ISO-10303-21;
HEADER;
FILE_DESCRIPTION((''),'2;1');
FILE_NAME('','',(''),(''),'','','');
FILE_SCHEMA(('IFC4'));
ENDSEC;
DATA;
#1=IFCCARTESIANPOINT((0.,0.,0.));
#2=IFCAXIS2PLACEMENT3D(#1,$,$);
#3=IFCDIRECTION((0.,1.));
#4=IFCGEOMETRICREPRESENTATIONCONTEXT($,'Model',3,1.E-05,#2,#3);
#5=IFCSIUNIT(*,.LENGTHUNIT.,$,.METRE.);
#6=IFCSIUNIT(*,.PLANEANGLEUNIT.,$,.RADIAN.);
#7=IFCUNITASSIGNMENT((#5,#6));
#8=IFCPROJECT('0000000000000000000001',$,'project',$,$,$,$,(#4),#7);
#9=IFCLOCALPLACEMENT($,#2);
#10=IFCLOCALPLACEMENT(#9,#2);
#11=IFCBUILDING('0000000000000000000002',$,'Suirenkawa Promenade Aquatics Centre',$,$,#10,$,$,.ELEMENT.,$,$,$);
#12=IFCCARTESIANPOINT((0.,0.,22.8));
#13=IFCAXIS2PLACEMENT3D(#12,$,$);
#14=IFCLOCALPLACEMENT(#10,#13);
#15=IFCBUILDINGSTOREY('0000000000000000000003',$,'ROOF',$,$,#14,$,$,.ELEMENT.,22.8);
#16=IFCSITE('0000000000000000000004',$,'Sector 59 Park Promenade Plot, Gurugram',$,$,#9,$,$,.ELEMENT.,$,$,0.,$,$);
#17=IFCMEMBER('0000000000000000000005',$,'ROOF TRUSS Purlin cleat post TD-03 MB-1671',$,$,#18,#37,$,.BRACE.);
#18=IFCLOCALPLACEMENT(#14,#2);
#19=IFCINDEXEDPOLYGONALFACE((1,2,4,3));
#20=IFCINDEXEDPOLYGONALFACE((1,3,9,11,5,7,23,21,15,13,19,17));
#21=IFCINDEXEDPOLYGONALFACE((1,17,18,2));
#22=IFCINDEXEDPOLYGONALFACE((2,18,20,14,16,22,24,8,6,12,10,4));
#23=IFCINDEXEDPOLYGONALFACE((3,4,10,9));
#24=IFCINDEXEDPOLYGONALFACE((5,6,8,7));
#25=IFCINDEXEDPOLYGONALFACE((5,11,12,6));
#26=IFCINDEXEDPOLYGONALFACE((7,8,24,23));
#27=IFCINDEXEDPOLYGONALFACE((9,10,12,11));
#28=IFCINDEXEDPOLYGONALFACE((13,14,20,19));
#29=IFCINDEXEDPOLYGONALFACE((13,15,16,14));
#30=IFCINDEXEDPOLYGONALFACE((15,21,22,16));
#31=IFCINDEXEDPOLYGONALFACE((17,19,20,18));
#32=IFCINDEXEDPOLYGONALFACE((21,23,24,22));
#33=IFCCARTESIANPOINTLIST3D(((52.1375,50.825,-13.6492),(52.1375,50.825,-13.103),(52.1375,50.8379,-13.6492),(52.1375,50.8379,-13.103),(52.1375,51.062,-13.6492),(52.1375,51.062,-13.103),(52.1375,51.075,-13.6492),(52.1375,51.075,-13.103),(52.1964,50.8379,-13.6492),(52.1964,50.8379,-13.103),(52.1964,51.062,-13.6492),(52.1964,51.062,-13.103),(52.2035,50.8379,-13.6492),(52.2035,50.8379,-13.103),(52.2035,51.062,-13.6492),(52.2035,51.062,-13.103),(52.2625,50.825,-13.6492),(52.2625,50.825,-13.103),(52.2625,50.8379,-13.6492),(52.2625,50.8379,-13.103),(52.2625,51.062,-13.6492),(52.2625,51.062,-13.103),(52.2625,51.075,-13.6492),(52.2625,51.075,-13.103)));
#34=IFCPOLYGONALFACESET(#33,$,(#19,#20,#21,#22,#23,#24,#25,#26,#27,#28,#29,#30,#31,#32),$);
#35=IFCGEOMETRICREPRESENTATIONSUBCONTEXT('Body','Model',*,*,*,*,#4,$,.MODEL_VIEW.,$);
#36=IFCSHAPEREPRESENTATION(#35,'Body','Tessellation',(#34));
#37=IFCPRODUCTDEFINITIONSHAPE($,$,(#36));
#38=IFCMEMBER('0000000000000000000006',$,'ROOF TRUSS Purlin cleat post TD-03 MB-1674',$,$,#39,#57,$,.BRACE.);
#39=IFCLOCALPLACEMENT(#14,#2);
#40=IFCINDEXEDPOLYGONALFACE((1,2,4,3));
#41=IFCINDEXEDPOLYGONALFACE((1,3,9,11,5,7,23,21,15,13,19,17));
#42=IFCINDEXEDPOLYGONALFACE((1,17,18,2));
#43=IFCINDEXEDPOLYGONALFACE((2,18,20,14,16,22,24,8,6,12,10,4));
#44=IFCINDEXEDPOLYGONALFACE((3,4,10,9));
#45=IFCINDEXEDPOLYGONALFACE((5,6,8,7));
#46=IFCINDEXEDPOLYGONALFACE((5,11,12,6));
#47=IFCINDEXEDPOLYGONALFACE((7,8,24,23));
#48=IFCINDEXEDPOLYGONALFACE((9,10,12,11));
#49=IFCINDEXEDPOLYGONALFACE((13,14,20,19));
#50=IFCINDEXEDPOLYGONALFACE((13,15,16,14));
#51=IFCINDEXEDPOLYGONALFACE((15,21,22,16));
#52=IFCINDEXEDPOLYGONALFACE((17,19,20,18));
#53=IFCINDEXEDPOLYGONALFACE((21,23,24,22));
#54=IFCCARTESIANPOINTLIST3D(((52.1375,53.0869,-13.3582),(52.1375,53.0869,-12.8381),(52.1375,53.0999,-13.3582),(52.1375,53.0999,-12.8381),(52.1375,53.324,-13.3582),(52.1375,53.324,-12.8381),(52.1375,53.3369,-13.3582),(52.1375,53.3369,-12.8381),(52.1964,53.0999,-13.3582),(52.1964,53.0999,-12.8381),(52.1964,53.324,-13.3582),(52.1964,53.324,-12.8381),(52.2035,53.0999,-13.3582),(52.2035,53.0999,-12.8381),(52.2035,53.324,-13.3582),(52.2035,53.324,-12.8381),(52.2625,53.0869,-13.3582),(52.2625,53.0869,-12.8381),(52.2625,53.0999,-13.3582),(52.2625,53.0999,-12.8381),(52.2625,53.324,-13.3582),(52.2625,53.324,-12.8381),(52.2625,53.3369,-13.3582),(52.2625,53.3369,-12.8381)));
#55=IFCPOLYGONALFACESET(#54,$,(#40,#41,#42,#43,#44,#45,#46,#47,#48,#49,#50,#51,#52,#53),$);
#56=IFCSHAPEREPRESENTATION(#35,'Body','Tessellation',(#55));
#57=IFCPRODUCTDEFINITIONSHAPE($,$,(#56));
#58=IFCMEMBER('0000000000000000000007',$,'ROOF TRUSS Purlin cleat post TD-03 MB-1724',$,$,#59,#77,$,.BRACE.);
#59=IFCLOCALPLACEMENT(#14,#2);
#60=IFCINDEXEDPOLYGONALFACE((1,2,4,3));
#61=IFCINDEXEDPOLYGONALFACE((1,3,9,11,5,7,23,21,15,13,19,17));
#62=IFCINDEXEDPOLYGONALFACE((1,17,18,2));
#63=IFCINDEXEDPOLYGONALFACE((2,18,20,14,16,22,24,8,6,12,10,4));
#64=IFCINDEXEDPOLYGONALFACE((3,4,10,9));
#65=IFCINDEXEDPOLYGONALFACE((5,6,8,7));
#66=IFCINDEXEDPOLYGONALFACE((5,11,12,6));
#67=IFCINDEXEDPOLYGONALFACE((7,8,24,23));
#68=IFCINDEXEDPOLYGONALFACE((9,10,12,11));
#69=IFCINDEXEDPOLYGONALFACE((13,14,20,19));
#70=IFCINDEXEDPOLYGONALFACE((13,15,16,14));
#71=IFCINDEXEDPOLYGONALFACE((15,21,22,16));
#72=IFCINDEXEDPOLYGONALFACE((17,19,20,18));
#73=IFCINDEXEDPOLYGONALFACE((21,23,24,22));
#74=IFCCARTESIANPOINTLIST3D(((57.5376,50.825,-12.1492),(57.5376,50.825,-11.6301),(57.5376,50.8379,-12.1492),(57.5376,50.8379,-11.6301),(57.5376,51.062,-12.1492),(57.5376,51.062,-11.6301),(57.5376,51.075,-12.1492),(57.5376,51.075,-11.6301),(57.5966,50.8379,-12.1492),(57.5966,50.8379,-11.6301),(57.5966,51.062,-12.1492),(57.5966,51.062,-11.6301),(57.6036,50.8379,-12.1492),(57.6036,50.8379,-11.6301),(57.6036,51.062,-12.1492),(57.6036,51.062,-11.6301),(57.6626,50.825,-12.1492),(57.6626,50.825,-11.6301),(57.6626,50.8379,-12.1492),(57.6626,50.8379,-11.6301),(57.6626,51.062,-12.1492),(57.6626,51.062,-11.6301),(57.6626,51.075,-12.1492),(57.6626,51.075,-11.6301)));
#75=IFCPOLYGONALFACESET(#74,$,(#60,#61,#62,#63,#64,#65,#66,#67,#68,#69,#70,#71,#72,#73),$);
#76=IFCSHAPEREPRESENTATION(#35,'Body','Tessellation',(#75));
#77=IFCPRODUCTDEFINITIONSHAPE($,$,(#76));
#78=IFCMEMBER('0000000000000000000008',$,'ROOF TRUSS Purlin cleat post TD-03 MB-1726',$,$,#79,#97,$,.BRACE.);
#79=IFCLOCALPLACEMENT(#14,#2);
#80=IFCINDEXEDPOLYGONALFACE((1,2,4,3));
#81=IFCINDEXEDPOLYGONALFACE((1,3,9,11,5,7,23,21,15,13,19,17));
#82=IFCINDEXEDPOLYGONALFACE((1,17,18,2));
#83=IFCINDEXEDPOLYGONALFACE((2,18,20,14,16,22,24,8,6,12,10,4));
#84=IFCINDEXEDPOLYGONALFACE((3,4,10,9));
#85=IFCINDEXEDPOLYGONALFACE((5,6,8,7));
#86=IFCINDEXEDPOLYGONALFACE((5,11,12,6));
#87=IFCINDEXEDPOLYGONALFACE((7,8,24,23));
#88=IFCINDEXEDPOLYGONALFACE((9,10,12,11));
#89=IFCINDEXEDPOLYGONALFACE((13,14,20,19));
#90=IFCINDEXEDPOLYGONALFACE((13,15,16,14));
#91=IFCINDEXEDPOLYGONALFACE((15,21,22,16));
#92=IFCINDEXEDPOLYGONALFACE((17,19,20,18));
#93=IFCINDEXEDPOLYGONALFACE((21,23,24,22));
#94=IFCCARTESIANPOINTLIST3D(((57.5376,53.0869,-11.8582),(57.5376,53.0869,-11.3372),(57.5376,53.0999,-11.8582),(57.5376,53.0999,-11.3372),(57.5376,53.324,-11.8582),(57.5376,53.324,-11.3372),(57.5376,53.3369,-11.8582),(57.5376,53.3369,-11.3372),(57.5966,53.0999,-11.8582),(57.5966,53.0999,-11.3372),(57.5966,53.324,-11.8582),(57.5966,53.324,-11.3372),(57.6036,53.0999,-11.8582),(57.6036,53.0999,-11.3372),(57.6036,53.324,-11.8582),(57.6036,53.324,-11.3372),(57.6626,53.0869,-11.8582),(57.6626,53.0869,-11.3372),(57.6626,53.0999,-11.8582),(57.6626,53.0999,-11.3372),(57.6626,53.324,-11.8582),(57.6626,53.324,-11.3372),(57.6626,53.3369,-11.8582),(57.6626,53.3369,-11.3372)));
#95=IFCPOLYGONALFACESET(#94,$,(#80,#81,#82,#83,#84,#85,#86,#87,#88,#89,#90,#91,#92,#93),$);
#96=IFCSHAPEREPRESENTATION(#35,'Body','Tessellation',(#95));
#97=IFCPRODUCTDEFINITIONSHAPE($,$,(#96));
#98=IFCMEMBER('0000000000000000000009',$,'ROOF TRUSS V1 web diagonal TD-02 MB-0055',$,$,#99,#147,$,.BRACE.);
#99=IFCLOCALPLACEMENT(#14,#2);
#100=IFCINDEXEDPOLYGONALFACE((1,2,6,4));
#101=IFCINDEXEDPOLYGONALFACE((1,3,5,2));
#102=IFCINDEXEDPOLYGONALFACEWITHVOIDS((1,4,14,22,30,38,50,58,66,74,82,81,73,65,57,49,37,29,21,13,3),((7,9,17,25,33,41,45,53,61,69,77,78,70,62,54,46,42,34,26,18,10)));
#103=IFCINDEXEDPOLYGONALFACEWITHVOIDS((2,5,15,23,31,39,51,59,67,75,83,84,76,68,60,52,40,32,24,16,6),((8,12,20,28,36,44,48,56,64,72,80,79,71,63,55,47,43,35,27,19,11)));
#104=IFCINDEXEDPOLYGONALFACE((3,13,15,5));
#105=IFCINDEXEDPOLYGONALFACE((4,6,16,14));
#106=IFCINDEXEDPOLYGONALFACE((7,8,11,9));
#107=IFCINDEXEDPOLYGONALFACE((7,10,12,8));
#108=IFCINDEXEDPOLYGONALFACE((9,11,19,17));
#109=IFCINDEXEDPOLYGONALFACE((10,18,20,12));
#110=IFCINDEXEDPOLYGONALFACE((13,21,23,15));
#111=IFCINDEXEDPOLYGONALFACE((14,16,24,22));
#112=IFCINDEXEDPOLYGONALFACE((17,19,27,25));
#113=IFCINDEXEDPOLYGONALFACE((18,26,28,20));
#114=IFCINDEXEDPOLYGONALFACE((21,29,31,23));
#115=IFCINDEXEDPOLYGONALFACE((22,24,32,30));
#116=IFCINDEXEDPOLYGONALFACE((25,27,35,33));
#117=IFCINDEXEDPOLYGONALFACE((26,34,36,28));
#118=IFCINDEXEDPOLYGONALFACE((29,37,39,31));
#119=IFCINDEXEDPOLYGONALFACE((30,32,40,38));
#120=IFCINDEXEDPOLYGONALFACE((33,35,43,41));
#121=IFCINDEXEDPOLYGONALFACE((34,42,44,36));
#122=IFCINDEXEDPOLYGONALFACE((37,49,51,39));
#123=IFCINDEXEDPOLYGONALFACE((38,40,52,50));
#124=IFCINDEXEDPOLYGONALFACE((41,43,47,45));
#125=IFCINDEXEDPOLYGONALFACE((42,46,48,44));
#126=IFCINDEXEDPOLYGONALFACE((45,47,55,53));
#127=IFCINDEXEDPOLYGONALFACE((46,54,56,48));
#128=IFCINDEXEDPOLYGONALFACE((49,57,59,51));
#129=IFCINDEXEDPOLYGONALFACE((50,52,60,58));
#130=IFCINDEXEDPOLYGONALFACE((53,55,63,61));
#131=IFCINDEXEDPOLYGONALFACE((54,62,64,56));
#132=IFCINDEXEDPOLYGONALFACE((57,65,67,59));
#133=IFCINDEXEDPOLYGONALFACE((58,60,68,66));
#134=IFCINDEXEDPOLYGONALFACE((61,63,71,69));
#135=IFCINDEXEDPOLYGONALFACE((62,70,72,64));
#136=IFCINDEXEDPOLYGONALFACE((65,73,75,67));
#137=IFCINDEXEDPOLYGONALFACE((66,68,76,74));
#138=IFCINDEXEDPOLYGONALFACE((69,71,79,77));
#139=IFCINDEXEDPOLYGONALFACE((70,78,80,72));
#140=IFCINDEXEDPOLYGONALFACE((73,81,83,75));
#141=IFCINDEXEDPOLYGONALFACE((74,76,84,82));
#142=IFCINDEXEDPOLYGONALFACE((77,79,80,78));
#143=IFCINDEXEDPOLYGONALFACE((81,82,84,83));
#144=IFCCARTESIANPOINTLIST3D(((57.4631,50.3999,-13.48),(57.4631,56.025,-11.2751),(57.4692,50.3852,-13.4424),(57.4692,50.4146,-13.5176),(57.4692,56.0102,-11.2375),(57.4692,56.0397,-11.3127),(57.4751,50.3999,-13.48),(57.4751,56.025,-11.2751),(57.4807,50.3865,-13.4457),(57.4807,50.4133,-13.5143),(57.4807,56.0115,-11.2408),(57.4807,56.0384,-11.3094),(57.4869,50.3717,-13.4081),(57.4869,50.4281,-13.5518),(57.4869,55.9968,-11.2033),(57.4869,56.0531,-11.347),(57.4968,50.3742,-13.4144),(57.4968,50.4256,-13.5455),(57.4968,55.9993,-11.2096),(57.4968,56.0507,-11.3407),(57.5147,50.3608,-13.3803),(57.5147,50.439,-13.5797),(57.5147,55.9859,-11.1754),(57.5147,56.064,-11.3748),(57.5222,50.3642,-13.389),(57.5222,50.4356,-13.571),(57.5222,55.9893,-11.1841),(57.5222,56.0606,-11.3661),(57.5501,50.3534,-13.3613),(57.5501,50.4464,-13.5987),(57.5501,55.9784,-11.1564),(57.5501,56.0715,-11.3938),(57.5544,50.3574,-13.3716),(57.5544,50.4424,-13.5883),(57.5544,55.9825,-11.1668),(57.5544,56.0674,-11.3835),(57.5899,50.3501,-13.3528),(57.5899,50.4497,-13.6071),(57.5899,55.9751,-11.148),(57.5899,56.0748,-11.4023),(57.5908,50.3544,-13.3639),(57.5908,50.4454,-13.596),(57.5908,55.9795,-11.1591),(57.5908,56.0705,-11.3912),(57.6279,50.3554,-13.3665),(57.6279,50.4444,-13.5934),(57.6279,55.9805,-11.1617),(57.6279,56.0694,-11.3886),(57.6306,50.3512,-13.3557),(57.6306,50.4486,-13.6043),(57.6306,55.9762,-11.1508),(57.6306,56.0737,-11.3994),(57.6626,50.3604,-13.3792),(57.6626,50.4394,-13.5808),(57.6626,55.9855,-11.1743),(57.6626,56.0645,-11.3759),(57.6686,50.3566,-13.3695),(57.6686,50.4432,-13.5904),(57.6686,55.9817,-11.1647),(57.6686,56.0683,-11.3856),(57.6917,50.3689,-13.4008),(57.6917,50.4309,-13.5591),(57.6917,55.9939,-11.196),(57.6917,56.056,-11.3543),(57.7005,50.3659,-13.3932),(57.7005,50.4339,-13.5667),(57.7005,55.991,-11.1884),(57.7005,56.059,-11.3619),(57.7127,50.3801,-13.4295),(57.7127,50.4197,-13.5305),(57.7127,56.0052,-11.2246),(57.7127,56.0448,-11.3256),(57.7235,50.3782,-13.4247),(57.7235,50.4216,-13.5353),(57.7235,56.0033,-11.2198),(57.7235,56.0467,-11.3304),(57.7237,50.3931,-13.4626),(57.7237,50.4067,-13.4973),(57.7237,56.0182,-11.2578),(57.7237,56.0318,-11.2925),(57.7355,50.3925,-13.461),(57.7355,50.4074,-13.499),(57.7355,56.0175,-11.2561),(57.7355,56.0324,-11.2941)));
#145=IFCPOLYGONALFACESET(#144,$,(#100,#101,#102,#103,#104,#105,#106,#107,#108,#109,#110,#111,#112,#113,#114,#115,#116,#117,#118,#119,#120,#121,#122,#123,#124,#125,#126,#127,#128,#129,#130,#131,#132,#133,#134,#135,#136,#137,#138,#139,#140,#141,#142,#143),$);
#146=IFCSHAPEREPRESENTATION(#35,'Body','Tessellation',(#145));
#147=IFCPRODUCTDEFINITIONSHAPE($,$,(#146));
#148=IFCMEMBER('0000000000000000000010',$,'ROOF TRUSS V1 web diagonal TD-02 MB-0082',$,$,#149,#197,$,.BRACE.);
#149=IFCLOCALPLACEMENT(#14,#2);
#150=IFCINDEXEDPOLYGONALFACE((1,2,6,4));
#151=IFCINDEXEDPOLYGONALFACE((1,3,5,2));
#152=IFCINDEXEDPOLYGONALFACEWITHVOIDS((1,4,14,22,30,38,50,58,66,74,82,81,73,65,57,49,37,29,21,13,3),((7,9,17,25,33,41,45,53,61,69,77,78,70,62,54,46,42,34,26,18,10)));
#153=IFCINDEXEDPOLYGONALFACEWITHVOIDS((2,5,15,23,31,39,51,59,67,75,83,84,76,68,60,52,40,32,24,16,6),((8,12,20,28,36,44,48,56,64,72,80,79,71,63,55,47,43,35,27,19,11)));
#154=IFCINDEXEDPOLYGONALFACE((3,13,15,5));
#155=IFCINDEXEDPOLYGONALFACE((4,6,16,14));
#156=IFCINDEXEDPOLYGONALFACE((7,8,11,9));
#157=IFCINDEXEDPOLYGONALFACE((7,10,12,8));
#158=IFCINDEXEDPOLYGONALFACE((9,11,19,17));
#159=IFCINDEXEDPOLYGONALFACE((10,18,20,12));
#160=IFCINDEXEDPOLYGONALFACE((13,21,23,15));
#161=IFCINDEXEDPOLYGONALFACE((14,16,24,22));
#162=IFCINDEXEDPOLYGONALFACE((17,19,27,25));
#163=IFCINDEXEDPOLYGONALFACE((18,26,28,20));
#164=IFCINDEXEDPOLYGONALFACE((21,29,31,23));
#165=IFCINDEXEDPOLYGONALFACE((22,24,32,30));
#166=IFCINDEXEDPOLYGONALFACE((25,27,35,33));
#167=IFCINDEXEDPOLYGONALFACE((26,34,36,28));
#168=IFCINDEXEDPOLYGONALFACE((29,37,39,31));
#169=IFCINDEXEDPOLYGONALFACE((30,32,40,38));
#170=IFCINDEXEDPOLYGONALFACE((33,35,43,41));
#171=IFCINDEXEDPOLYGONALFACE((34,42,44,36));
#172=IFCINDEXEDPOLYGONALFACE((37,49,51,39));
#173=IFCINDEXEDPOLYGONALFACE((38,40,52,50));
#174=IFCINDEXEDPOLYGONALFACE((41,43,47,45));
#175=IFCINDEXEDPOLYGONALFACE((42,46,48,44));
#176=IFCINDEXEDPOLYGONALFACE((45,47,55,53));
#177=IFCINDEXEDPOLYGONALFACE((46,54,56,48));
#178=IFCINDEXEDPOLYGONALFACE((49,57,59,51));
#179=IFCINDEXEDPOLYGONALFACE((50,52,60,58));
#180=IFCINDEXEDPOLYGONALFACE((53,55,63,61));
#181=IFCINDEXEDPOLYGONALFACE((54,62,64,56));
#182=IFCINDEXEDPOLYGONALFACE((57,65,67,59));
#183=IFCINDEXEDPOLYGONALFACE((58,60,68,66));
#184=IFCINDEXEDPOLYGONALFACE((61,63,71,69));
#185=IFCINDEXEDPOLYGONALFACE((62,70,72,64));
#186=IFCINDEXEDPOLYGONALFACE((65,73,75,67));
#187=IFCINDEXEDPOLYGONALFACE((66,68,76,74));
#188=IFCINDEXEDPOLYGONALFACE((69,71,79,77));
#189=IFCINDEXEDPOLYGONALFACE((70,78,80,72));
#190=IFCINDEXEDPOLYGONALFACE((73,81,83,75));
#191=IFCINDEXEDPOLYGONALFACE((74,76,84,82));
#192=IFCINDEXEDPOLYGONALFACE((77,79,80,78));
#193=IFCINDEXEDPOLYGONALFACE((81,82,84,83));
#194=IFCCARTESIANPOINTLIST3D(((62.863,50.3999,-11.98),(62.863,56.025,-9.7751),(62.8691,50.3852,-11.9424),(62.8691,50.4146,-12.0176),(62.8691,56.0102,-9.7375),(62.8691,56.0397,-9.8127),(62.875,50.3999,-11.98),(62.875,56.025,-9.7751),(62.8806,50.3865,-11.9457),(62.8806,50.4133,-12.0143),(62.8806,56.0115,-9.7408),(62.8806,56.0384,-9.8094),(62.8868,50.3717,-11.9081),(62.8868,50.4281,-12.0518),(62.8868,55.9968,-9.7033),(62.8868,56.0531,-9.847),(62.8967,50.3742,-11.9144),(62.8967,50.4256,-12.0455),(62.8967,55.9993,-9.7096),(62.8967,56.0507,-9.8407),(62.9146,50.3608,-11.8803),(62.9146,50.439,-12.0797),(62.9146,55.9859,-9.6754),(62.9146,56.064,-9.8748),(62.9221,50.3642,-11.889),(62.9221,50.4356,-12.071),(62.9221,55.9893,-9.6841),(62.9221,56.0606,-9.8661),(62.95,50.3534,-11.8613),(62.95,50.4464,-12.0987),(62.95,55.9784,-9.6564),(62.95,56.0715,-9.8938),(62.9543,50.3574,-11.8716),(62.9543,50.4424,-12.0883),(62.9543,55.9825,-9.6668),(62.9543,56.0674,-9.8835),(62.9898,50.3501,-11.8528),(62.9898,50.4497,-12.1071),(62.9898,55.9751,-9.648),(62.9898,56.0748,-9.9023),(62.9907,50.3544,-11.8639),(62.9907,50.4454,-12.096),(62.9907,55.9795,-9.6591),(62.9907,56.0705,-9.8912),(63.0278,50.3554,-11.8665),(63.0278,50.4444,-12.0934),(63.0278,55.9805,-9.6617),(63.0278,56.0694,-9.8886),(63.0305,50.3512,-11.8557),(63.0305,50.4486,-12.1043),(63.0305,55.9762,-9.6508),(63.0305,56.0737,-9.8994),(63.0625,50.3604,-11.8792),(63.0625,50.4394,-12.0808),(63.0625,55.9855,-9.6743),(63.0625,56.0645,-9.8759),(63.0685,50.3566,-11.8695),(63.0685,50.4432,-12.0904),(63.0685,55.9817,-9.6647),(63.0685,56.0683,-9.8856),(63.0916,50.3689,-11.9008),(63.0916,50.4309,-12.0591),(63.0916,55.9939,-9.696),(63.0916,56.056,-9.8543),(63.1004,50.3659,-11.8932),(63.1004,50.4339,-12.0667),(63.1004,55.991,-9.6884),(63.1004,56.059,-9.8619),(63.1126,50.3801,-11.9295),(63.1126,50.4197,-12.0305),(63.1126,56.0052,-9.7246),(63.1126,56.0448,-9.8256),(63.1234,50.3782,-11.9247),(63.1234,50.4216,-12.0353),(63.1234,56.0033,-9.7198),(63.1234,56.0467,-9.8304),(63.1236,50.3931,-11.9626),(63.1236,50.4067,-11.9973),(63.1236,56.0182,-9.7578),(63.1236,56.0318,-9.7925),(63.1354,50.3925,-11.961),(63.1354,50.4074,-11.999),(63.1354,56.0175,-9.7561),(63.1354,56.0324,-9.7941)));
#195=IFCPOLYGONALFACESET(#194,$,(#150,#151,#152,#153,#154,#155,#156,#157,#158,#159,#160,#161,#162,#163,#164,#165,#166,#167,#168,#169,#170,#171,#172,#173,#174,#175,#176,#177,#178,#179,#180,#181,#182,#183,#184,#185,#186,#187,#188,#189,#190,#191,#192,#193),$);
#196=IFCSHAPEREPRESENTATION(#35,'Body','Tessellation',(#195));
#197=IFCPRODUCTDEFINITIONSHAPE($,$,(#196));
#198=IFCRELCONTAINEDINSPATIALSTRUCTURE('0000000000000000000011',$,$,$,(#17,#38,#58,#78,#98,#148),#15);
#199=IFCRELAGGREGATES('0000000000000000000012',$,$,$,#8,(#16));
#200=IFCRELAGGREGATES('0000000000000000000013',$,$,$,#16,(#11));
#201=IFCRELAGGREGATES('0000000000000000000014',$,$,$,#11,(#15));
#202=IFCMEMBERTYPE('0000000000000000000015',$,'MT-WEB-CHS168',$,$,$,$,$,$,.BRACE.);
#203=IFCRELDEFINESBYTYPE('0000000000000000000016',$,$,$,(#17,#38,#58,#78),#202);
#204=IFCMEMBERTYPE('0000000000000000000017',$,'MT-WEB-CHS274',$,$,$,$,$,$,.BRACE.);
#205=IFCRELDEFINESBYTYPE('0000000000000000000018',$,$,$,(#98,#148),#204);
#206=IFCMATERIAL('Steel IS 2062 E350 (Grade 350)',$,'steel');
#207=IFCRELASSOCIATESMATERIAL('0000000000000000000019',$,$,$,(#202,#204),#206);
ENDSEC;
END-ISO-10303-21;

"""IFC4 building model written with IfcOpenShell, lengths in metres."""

from ifc_helpers import new_model, si_unit, direction, frame, origin, origin_2d, place, context, subcontext, project, spatial, hollow_circle, i_section, extrude, material, material_profile, profile_set, type_object, element, save


model = new_model("IFC4")

# Units and contexts
model_context = context("Model", 3, precision=1e-05, world=origin(), true_north=direction((0.0, 1.0)))
body_context = subcontext(model_context, "Body", "Model", "MODEL_VIEW")
ifc_project = project(units=[si_unit("LENGTHUNIT", "METRE"), si_unit("PLANEANGLEUNIT", "RADIAN")], contexts=[model_context])

# Site, building, storey
site_placement = place(None, origin())
site = spatial("IfcSite", under=ifc_project, at=site_placement, Name="Sector 59 Park Promenade Plot, Gurugram", CompositionType="ELEMENT", RefElevation=0.0)
building_placement = place(site_placement, origin())
building = spatial("IfcBuilding", under=site, at=building_placement, Name="Suirenkawa Promenade Aquatics Centre", CompositionType="ELEMENT")
storey_placement = place(building_placement, frame((0.0, 0.0, 22.8)))
storey = spatial("IfcBuildingStorey", under=building, at=storey_placement, Name="ROOF", CompositionType="ELEMENT", Elevation=22.8)

# Shared definitions
ifc_material_1 = material(Name="Steel IS 2062 E350 (Grade 350)", Category="steel")

# Members
ifc_material_profile_1 = material_profile(ifc_material_1, i_section(OverallWidth=0.125, OverallDepth=0.25, WebThickness=0.0071, FlangeThickness=0.0129, at=origin_2d()), Name="ISMB 250", Category="steel")
ifc_profile_set_1 = profile_set([ifc_material_profile_1], Name="Steel IS 2062 E350 (Grade 350)")
member_type_1 = type_object("IfcMemberType", Name="MT-WEB-CHS168", PredefinedType="BRACE", material=ifc_profile_set_1)
member_1_placement = place(storey_placement, frame((52.2, 50.95, -13.6492), z_axis=(0.0, 0.0, 1.0), x_axis=(1.0, 0.0, 0.0)))
element("IfcMember", 1, at=member_1_placement, inside=storey, type_object=member_type_1, Name="ROOF TRUSS Purlin cleat post TD-03 MB-1671", PredefinedType="BRACE", context=body_context, shape_type="SweptSolid", body=[
    extrude(i_section(OverallWidth=0.125, OverallDepth=0.25, WebThickness=0.0071, FlangeThickness=0.0129, at=origin_2d()), origin(), (0.0, 0.0, 1.0), 0.5461),
])
member_2_placement = place(storey_placement, frame((52.2, 53.2119, -13.3582), z_axis=(0.0, 0.0, 1.0), x_axis=(1.0, 0.0, 0.0)))
element("IfcMember", 2, at=member_2_placement, inside=storey, type_object=member_type_1, Name="ROOF TRUSS Purlin cleat post TD-03 MB-1674", PredefinedType="BRACE", context=body_context, shape_type="SweptSolid", body=[
    extrude(i_section(OverallWidth=0.125, OverallDepth=0.25, WebThickness=0.0071, FlangeThickness=0.0129, at=origin_2d()), origin(), (0.0, 0.0, 1.0), 0.52),
])
member_3_placement = place(storey_placement, frame((57.6001, 50.95, -12.1492), z_axis=(0.0, 0.0, 1.0), x_axis=(1.0, 0.0, 0.0)))
element("IfcMember", 3, at=member_3_placement, inside=storey, type_object=member_type_1, Name="ROOF TRUSS Purlin cleat post TD-03 MB-1724", PredefinedType="BRACE", context=body_context, shape_type="SweptSolid", body=[
    extrude(i_section(OverallWidth=0.125, OverallDepth=0.25, WebThickness=0.0071, FlangeThickness=0.0129, at=origin_2d()), origin(), (0.0, 0.0, 1.0), 0.519),
])
member_4_placement = place(storey_placement, frame((57.6001, 53.2119, -11.8582), z_axis=(0.0, 0.0, 1.0), x_axis=(1.0, 0.0, 0.0)))
element("IfcMember", 4, at=member_4_placement, inside=storey, type_object=member_type_1, Name="ROOF TRUSS Purlin cleat post TD-03 MB-1726", PredefinedType="BRACE", context=body_context, shape_type="SweptSolid", body=[
    extrude(i_section(OverallWidth=0.125, OverallDepth=0.25, WebThickness=0.0071, FlangeThickness=0.0129, at=origin_2d()), origin(), (0.0, 0.0, 1.0), 0.521),
])
ifc_material_profile_2 = material_profile(ifc_material_1, hollow_circle(Radius=0.137, WallThickness=0.012, at=origin_2d()), Name="CHS 274x12", Category="steel")
ifc_profile_set_2 = profile_set([ifc_material_profile_2], Name="Steel IS 2062 E350 (Grade 350)")
member_type_2 = type_object("IfcMemberType", Name="MT-WEB-CHS274", PredefinedType="BRACE", material=ifc_profile_set_2)
for number, where, z_axis, x_axis, name in (
    (5, (57.6001, 50.3999, -13.48), (0.0, 0.931032, 0.364937), (-1.0, 0.0, 0.0), "ROOF TRUSS V1 web diagonal TD-02 MB-0055"),
    (6, (63.0, 50.3999, -11.98), (0.0, 0.931032, 0.364937), (-1.0, 0.0, 0.0), "ROOF TRUSS V1 web diagonal TD-02 MB-0082"),
):
    element("IfcMember", number, at=place(storey_placement, frame(where, z_axis=z_axis, x_axis=x_axis)), inside=storey, type_object=member_type_2, Name=name, PredefinedType="BRACE", context=body_context, shape_type="SweptSolid", body=[
        extrude(hollow_circle(Radius=0.137, WallThickness=0.012, at=origin_2d()), origin(), (0.0, 0.0, 1.0), 6.0417),
    ])

save(model, "model.ifc")
